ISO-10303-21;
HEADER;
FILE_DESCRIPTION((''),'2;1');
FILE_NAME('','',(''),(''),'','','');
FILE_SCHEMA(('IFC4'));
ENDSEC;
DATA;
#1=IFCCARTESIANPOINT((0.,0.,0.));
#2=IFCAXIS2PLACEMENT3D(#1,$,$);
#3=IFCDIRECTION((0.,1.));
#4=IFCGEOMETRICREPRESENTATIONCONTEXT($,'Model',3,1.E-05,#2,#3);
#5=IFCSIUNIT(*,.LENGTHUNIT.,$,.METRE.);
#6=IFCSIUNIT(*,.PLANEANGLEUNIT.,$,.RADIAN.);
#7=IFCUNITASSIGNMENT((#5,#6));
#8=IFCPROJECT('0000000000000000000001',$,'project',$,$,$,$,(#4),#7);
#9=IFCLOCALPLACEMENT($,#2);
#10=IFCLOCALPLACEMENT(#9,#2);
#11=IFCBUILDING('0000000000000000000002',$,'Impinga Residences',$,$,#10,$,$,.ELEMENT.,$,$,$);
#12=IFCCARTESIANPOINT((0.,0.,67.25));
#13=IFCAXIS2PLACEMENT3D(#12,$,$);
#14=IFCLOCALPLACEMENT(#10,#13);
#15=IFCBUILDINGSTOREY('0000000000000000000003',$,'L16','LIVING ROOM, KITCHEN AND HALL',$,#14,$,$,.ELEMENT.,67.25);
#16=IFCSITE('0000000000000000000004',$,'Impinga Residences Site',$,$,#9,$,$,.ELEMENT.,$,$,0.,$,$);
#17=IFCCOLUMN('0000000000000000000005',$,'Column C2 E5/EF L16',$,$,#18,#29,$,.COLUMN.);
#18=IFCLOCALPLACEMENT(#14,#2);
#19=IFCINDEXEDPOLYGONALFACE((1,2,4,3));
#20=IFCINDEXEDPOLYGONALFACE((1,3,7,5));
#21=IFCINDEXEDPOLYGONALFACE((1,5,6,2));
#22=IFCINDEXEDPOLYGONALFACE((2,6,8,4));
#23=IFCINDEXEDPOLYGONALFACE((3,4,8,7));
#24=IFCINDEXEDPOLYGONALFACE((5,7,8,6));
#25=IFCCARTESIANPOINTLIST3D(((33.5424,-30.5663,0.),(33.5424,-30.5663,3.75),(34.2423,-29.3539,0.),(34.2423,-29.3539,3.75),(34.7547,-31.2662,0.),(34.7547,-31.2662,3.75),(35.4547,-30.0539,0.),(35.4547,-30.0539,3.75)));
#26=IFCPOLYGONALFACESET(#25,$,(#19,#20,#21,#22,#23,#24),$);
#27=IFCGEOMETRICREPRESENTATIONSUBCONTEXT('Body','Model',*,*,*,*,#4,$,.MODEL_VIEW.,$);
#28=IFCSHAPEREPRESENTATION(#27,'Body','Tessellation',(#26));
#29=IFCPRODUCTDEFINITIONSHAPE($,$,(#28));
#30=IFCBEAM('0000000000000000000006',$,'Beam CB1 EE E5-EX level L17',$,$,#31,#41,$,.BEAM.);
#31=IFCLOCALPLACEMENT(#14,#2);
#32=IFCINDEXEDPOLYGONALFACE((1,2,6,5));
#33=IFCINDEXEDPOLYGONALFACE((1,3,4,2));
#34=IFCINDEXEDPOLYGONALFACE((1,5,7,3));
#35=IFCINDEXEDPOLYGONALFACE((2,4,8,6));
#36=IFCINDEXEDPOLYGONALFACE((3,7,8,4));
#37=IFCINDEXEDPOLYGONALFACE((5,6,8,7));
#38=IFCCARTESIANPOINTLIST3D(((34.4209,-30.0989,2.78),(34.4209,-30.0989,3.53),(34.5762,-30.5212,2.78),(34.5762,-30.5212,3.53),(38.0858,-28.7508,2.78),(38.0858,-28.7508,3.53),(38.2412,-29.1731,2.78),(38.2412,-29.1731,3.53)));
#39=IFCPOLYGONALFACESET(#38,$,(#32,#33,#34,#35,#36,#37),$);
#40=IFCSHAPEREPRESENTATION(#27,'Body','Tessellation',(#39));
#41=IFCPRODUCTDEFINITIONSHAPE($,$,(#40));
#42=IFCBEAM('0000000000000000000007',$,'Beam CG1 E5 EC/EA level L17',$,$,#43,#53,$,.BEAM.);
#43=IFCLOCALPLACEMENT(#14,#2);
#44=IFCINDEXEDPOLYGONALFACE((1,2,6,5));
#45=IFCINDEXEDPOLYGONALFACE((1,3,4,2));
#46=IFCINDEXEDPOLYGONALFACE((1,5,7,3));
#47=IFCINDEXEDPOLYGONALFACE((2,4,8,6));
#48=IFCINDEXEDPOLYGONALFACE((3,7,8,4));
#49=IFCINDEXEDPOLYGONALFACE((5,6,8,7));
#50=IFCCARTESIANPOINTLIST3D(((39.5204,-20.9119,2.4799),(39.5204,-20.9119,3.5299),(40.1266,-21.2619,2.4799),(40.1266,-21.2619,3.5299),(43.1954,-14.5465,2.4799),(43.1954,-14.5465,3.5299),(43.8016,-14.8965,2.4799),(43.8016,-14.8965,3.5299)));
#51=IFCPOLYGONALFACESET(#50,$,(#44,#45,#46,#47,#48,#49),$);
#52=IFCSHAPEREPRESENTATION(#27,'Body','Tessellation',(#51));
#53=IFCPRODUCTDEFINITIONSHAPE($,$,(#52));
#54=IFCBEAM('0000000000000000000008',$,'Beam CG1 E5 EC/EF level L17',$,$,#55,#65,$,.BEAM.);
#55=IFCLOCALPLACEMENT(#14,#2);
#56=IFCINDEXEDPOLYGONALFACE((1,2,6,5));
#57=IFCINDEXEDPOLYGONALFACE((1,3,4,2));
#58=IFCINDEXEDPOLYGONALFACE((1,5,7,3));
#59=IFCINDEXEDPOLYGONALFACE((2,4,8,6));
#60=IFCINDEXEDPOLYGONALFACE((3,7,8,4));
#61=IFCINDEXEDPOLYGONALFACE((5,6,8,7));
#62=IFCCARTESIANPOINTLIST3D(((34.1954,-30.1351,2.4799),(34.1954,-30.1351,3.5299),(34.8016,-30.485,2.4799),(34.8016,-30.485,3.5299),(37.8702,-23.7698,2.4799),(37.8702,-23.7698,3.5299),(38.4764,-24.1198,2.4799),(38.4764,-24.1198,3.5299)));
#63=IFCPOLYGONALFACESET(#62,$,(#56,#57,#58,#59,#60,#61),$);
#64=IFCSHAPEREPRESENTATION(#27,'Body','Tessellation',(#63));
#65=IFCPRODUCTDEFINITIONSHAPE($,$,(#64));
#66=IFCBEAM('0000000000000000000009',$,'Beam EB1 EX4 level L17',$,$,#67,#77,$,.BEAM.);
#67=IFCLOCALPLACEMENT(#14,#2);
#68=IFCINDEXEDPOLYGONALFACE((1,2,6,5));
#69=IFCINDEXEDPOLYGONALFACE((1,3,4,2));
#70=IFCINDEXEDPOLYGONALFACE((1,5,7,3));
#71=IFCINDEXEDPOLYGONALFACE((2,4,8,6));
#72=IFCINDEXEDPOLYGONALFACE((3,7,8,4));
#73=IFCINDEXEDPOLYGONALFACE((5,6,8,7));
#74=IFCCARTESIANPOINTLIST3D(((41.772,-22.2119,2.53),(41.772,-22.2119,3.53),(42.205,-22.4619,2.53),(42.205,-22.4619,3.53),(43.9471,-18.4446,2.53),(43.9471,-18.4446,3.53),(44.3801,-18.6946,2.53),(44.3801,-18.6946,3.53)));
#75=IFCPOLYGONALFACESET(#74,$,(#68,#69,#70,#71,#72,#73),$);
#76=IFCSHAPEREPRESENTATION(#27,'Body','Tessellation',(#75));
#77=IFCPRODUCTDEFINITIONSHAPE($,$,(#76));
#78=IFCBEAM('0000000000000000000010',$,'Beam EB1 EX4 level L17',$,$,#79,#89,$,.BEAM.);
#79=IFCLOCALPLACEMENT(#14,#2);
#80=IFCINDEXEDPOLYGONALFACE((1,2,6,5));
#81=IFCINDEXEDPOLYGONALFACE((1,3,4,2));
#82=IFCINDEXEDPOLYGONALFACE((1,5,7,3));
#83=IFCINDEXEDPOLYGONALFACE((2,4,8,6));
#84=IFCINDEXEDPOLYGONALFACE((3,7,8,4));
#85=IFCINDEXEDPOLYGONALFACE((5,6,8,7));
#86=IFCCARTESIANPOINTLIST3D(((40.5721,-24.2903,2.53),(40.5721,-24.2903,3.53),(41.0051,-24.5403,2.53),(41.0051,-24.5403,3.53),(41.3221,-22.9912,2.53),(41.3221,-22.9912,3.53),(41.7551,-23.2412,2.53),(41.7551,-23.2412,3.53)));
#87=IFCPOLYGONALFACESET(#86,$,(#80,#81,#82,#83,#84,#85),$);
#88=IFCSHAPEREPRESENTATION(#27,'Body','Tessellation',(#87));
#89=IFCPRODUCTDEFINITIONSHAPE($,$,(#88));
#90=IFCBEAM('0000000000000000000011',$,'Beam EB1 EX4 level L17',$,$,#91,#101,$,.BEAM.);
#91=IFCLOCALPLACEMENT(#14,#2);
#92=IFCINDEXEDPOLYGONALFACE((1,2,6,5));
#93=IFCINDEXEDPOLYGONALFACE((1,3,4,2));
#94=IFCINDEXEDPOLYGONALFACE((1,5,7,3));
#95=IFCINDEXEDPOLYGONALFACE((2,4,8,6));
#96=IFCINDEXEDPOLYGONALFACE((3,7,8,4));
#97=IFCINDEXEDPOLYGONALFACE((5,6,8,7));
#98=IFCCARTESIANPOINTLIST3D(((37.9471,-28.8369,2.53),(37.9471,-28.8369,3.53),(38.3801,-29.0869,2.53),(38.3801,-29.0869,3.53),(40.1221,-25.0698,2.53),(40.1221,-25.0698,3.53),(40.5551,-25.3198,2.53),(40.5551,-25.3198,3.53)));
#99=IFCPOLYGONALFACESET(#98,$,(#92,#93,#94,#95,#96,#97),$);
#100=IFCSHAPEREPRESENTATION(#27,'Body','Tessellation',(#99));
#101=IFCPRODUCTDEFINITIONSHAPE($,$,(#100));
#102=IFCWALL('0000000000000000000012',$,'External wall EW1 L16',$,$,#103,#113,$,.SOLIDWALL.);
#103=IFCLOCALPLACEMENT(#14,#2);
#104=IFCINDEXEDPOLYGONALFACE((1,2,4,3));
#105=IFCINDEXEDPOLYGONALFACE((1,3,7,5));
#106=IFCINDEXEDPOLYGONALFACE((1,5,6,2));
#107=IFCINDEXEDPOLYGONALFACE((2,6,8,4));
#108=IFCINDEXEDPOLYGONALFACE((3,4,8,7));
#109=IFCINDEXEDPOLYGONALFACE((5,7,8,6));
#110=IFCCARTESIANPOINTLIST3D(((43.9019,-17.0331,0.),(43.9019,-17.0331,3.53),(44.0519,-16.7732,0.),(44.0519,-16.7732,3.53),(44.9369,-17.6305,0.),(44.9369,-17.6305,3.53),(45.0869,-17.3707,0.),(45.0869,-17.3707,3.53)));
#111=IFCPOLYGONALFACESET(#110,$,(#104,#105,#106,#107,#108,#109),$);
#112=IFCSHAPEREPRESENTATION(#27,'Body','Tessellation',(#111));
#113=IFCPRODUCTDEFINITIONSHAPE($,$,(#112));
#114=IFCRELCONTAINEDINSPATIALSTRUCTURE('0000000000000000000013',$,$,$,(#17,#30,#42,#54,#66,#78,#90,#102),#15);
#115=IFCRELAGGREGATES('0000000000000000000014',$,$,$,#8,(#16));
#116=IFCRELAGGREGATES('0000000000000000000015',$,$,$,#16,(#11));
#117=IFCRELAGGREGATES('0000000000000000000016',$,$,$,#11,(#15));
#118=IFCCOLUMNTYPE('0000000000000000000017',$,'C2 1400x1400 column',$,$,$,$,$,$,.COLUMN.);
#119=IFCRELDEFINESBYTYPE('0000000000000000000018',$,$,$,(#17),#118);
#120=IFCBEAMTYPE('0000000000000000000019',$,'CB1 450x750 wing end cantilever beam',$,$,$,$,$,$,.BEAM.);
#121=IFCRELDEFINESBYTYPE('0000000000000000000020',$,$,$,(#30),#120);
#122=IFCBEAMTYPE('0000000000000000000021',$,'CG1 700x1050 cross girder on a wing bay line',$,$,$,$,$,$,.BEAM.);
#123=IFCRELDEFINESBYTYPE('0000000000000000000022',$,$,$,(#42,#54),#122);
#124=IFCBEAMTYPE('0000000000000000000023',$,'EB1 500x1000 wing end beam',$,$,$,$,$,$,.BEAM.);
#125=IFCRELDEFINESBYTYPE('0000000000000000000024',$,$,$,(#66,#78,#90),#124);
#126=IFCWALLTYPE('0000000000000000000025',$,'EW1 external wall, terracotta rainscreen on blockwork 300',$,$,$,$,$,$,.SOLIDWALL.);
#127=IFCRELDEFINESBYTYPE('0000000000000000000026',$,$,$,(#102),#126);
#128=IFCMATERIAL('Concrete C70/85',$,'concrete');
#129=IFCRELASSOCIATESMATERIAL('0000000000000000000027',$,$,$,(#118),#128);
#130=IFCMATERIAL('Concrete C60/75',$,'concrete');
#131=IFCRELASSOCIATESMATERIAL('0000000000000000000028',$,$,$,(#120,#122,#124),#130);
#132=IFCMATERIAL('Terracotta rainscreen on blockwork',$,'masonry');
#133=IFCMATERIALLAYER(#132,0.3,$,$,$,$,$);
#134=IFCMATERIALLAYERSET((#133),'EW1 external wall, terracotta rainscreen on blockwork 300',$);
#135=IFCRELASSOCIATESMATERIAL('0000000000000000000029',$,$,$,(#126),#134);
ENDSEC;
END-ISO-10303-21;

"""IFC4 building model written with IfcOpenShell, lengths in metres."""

from ifc_helpers import new_model, si_unit, direction, frame, frame_2d, origin, origin_2d, place, context, subcontext, project, spatial, rectangle, extrude, material, layer, layer_set, material_profile, profile_set, type_object, element, save


model = new_model("IFC4")

# Units and contexts
model_context = context("Model", 3, precision=1e-05, world=origin(), true_north=direction((0.0, 1.0)))
body_context = subcontext(model_context, "Body", "Model", "MODEL_VIEW")
ifc_project = project(units=[si_unit("LENGTHUNIT", "METRE"), si_unit("PLANEANGLEUNIT", "RADIAN")], contexts=[model_context])

# Site, building, storey
site_placement = place(None, origin())
site = spatial("IfcSite", under=ifc_project, at=site_placement, Name="Impinga Residences Site", CompositionType="ELEMENT", RefElevation=0.0)
building_placement = place(site_placement, origin())
building = spatial("IfcBuilding", under=site, at=building_placement, Name="Impinga Residences", CompositionType="ELEMENT")
storey_placement = place(building_placement, frame((0.0, 0.0, 67.25)))
storey = spatial("IfcBuildingStorey", under=building, at=storey_placement, Name="L16", Description="LIVING ROOM, KITCHEN AND HALL", CompositionType="ELEMENT", Elevation=67.25)

# Column
ifc_material_1 = material(Name="Concrete C70/85", Category="concrete")
ifc_material_profile_1 = material_profile(ifc_material_1, rectangle(XDim=1.3999, YDim=1.3999, at=origin_2d()), Name="RC 1400x1400")
ifc_profile_set_1 = profile_set([ifc_material_profile_1], Name="Concrete C70/85")
column_type = type_object("IfcColumnType", Name="C2 1400x1400 column", PredefinedType="COLUMN", material=ifc_profile_set_1)
column_placement = place(storey_placement, frame((34.4985, -30.3101, 0.0), z_axis=(0.0, 0.0, 1.0), x_axis=(-0.5, -0.866025, 0.0)))
element("IfcColumn", 1, at=column_placement, inside=storey, type_object=column_type, Name="Column C2 E5/EF L16", PredefinedType="COLUMN", context=body_context, shape_type="SweptSolid", body=[
    extrude(rectangle(XDim=1.3999, YDim=1.3999, at=origin_2d()), origin(), (0.0, 0.0, 1.0), 3.75),
])

# Beams
ifc_material_2 = material(Name="Concrete C60/75", Category="concrete")
ifc_material_profile_2 = material_profile(ifc_material_2, rectangle(XDim=0.45, YDim=0.75, at=origin_2d()), Name="RC 450x750")
ifc_profile_set_2 = profile_set([ifc_material_profile_2], Name="Concrete C60/75")
beam_type_1 = type_object("IfcBeamType", Name="CB1 450x750 wing end cantilever beam", PredefinedType="BEAM", material=ifc_profile_set_2)
beam_1_placement = place(storey_placement, frame((34.4985, -30.3101, 3.155), z_axis=(0.93852, 0.345224, 0.0), x_axis=(-0.345224, 0.93852, 0.0)))
element("IfcBeam", 2, at=beam_1_placement, inside=storey, type_object=beam_type_1, Name="Beam CB1 EE E5-EX level L17", PredefinedType="BEAM", context=body_context, shape_type="SweptSolid", body=[
    extrude(rectangle(XDim=0.45, YDim=0.75, at=origin_2d()), origin(), (0.0, 0.0, 1.0), 3.905),
])
ifc_material_profile_3 = material_profile(ifc_material_2, rectangle(XDim=0.7, YDim=1.05, at=origin_2d()), Name="RC 700x1050")
ifc_profile_set_3 = profile_set([ifc_material_profile_3], Name="Concrete C60/75")
beam_type_2 = type_object("IfcBeamType", Name="CG1 700x1050 cross girder on a wing bay line", PredefinedType="BEAM", material=ifc_profile_set_3)
beam_2_placement = place(storey_placement, frame((39.8235, -21.0869, 3.0049), z_axis=(0.499994, 0.866029, 0.0), x_axis=(-0.866029, 0.499994, 0.0)))
element("IfcBeam", 3, at=beam_2_placement, inside=storey, type_object=beam_type_2, Name="Beam CG1 E5 EC/EA level L17", PredefinedType="BEAM", context=body_context, shape_type="SweptSolid", body=[
    extrude(rectangle(XDim=0.7, YDim=1.05, at=origin_2d()), origin(), (0.0, 0.0, 1.0), 7.3501),
])
beam_3_placement = place(storey_placement, frame((38.1733, -23.9448, 3.0049), z_axis=(-0.499983, -0.866035, 0.0), x_axis=(0.866035, -0.499983, 0.0)))
element("IfcBeam", 4, at=beam_3_placement, inside=storey, type_object=beam_type_2, Name="Beam CG1 E5 EC/EF level L17", PredefinedType="BEAM", context=body_context, shape_type="SweptSolid", body=[
    extrude(rectangle(XDim=0.7, YDim=1.05, at=origin_2d()), origin(), (0.0, 0.0, 1.0), 7.3499),
])
ifc_material_profile_4 = material_profile(ifc_material_2, rectangle(XDim=0.5, YDim=1.0, at=origin_2d()), Name="RC 500x1000")
ifc_profile_set_4 = profile_set([ifc_material_profile_4], Name="Concrete C60/75")
beam_type_3 = type_object("IfcBeamType", Name="EB1 500x1000 wing end beam", PredefinedType="BEAM", material=ifc_profile_set_4)
beam_4_placement = place(storey_placement, frame((44.1636, -18.5696, 3.03), z_axis=(-0.499996, -0.866028, 0.0), x_axis=(0.866028, -0.499996, 0.0)))
element("IfcBeam", 5, at=beam_4_placement, inside=storey, type_object=beam_type_3, Name="Beam EB1 EX4 level L17", PredefinedType="BEAM", context=body_context, shape_type="SweptSolid", body=[
    extrude(rectangle(XDim=0.5, YDim=1.0, at=origin_2d()), origin(), (0.0, 0.0, 1.0), 4.3501),
])
beam_5_placement = place(storey_placement, frame((41.5386, -23.1162, 3.03), z_axis=(-0.49999, -0.866031, 0.0), x_axis=(0.866031, -0.49999, 0.0)))
element("IfcBeam", 6, at=beam_5_placement, inside=storey, type_object=beam_type_3, Name="Beam EB1 EX4 level L17", PredefinedType="BEAM", context=body_context, shape_type="SweptSolid", body=[
    extrude(rectangle(XDim=0.5, YDim=1.0, at=origin_2d()), origin(), (0.0, 0.0, 1.0), 1.5),
])
beam_6_placement = place(storey_placement, frame((40.3386, -25.1948, 3.03), z_axis=(-0.50002, -0.866014, 0.0), x_axis=(0.866014, -0.50002, 0.0)))
element("IfcBeam", 7, at=beam_6_placement, inside=storey, type_object=beam_type_3, Name="Beam EB1 EX4 level L17", PredefinedType="BEAM", context=body_context, shape_type="SweptSolid", body=[
    extrude(rectangle(XDim=0.5, YDim=1.0, at=origin_2d()), origin(), (0.0, 0.0, 1.0), 4.3499),
])

# Wall
ifc_material_3 = material(Name="Terracotta rainscreen on blockwork", Category="masonry")
ifc_layer_1 = layer(ifc_material_3, 0.3)
ifc_layer_set_1 = layer_set([ifc_layer_1], Name="EW1 external wall, terracotta rainscreen on blockwork 300")
wall_type_1 = type_object("IfcWallType", Name="EW1 external wall, terracotta rainscreen on blockwork 300", PredefinedType="SOLIDWALL", material=ifc_layer_set_1)
wall_1_placement = place(storey_placement, frame((43.9768, -16.9031, 0.0), z_axis=(0.0, 0.0, 1.0), x_axis=(0.86606, -0.499941, 0.0)))
element("IfcWall", 8, at=wall_1_placement, inside=storey, type_object=wall_type_1, Name="External wall EW1 L16", PredefinedType="SOLIDWALL", context=body_context, shape_type="SweptSolid", body=[
    extrude(rectangle(XDim=1.1951, YDim=0.3, at=frame_2d((0.5977, 0.0))), origin(), (0.0, 0.0, 1.0), 3.53),
])

save(model, "model.ifc")
